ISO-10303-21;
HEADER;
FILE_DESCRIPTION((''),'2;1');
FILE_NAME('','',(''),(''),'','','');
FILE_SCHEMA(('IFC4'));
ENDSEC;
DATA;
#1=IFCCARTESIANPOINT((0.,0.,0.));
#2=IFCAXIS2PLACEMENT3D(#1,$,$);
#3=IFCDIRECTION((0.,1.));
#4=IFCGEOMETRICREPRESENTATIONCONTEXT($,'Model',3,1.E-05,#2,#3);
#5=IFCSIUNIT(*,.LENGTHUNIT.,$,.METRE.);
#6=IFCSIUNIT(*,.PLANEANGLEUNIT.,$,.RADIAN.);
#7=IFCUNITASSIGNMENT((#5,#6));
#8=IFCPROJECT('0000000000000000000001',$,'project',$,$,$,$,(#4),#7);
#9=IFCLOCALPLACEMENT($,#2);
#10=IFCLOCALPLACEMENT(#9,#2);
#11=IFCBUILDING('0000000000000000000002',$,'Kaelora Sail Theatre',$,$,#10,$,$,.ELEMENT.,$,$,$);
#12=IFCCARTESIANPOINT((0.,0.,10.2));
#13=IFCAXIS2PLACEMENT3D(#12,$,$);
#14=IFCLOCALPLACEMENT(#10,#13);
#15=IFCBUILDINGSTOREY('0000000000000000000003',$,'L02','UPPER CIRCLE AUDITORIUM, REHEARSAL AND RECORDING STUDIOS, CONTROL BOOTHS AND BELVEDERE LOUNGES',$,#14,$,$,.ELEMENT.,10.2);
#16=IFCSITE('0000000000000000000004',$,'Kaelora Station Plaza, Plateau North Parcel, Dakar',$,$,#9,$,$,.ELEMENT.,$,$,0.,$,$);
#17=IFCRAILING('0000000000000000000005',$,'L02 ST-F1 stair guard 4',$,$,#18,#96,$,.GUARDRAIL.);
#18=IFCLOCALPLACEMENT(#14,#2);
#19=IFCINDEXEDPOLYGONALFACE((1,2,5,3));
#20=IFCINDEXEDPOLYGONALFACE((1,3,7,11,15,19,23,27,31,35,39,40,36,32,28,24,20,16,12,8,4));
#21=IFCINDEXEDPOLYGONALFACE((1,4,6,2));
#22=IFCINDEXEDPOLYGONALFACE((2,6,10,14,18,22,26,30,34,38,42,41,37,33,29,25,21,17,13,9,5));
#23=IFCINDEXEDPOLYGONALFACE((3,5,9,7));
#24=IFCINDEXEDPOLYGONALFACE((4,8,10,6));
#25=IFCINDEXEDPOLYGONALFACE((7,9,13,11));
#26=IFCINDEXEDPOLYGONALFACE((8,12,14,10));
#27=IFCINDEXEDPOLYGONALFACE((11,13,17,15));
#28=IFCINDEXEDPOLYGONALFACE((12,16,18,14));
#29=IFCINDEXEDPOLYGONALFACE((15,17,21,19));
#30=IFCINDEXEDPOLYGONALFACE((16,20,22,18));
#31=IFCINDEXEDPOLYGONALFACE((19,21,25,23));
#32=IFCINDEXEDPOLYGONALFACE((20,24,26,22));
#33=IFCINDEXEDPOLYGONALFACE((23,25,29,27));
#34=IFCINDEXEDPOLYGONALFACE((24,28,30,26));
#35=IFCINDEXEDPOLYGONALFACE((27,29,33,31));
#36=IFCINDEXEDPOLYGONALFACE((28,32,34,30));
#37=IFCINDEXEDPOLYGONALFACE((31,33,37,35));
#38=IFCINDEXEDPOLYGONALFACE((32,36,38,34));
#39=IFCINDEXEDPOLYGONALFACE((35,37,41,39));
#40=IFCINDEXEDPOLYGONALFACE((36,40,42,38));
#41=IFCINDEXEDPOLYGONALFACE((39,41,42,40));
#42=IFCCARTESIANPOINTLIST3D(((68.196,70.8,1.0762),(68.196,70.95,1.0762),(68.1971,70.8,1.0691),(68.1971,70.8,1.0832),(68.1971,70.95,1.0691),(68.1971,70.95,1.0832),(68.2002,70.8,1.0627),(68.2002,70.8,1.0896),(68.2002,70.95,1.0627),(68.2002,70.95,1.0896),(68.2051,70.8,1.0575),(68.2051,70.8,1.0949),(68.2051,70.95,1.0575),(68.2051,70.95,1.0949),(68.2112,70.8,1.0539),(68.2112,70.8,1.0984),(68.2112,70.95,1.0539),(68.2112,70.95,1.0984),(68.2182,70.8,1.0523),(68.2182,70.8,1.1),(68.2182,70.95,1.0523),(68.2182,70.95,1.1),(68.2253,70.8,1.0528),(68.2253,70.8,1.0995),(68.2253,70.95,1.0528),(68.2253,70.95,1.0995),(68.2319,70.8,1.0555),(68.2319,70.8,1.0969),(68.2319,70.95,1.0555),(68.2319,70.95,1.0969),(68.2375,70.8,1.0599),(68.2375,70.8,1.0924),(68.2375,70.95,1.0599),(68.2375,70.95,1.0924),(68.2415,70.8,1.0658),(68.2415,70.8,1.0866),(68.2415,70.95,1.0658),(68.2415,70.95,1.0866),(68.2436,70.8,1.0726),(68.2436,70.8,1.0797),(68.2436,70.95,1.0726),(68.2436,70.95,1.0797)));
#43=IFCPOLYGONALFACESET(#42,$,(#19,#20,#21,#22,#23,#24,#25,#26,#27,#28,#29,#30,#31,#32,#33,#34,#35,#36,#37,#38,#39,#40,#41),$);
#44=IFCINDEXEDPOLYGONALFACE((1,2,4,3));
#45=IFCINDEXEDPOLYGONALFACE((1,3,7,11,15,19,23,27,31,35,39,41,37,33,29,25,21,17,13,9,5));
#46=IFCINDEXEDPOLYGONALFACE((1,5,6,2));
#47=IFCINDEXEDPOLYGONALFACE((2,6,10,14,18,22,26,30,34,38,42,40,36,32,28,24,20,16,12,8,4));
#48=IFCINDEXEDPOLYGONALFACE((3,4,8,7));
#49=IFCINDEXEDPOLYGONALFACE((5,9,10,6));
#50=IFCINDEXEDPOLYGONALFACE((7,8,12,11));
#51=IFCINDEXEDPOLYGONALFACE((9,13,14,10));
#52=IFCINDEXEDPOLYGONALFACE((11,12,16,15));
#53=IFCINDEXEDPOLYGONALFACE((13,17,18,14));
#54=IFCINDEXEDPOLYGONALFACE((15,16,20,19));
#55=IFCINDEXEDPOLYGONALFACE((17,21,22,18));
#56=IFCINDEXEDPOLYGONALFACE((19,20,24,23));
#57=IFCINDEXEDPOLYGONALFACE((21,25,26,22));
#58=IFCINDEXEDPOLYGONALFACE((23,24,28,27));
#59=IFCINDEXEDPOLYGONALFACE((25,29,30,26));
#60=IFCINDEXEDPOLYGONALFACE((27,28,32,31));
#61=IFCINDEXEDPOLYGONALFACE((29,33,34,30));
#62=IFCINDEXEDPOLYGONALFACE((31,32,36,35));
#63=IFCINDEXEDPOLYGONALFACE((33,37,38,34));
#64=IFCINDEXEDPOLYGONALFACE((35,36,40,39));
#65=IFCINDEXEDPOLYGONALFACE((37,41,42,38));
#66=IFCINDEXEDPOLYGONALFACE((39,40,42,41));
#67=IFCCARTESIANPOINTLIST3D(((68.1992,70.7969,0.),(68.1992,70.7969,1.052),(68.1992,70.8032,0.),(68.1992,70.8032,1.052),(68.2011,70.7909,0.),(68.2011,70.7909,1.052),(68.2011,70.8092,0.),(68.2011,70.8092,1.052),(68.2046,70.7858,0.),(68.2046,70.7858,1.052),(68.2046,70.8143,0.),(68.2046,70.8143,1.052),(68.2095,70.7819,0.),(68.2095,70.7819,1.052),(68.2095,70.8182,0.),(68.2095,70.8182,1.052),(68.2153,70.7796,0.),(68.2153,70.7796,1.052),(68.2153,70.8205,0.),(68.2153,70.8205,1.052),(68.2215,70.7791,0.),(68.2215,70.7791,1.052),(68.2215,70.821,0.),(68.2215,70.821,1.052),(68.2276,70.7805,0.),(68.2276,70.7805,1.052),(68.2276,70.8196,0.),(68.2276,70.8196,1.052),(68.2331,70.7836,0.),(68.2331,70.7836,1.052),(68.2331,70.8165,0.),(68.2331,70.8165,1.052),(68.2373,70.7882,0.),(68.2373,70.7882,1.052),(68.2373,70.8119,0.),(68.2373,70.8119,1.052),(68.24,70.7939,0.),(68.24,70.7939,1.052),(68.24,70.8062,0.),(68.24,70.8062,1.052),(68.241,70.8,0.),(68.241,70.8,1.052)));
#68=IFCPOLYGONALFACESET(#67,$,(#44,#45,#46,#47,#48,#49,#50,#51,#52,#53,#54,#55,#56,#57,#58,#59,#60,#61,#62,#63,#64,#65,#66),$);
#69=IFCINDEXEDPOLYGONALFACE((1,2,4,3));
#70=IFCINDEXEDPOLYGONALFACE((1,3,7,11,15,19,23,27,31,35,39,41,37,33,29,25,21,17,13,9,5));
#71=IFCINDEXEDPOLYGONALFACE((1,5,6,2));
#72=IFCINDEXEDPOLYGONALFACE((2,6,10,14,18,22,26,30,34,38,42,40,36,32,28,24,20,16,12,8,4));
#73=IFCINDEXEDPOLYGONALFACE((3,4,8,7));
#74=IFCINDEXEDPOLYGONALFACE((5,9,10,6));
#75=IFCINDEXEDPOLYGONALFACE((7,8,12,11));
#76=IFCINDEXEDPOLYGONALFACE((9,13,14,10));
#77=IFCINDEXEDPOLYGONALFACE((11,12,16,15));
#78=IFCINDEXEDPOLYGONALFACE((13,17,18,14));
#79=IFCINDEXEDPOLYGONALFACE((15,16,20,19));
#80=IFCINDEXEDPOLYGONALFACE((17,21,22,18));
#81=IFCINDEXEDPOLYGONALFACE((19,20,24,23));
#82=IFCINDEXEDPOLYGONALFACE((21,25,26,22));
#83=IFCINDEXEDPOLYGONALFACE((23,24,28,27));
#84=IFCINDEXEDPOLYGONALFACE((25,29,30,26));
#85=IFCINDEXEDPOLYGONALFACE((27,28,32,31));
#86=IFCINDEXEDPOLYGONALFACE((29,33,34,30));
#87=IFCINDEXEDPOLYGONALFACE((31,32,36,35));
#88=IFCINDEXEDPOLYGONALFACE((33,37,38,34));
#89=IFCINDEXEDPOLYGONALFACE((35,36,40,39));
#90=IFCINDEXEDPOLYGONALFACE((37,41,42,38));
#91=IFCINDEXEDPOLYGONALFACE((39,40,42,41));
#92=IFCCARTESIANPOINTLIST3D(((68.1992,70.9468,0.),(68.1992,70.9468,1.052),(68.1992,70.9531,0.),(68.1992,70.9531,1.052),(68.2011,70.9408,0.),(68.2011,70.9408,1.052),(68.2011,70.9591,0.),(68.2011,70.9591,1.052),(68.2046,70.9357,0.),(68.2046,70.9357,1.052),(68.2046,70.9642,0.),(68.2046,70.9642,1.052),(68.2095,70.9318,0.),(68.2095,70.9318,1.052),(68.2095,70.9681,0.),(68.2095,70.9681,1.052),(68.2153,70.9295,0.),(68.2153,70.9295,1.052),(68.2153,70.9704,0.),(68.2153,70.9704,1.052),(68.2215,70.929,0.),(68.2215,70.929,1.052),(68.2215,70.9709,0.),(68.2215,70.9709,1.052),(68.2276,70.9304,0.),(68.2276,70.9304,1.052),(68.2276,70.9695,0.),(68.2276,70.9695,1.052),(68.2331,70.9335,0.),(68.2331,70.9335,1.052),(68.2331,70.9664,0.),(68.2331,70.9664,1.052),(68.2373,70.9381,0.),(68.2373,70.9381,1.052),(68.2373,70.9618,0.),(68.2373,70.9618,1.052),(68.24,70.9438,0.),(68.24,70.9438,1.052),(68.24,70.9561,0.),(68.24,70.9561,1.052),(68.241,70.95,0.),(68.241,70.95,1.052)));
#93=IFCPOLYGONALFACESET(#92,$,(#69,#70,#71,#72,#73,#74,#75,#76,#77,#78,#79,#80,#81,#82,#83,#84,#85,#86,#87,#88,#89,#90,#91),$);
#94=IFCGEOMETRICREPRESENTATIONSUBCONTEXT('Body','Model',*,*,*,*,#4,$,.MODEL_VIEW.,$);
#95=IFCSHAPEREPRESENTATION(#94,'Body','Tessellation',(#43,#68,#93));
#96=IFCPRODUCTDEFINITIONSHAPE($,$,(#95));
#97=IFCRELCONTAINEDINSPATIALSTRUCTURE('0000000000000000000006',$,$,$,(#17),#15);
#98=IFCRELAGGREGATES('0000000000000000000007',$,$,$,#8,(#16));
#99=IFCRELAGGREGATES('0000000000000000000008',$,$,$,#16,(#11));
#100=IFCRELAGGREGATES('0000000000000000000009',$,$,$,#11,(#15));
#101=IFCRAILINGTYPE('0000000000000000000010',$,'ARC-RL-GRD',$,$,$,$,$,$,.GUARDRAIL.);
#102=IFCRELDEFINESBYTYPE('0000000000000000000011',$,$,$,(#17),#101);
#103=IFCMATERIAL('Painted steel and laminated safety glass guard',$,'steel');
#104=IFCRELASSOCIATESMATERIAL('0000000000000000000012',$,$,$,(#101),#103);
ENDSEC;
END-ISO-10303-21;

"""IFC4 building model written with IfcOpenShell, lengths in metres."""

from ifc_helpers import new_model, si_unit, direction, frame, origin, origin_2d, place, context, subcontext, project, spatial, circle, extrude, material, type_object, element, save


model = new_model("IFC4")

# Units and contexts
model_context = context("Model", 3, precision=1e-05, world=origin(), true_north=direction((0.0, 1.0)))
body_context = subcontext(model_context, "Body", "Model", "MODEL_VIEW")
ifc_project = project(units=[si_unit("LENGTHUNIT", "METRE"), si_unit("PLANEANGLEUNIT", "RADIAN")], contexts=[model_context])

# Site, building, storey
site_placement = place(None, origin())
site = spatial("IfcSite", under=ifc_project, at=site_placement, Name="Kaelora Station Plaza, Plateau North Parcel, Dakar", CompositionType="ELEMENT", RefElevation=0.0)
building_placement = place(site_placement, origin())
building = spatial("IfcBuilding", under=site, at=building_placement, Name="Kaelora Sail Theatre", CompositionType="ELEMENT")
storey_placement = place(building_placement, frame((0.0, 0.0, 10.2)))
storey = spatial("IfcBuildingStorey", under=building, at=storey_placement, Name="L02", Description="UPPER CIRCLE AUDITORIUM, REHEARSAL AND RECORDING STUDIOS, CONTROL BOOTHS AND BELVEDERE LOUNGES", CompositionType="ELEMENT", Elevation=10.2)

# Railing
ifc_material_1 = material(Name="Painted steel and laminated safety glass guard", Category="steel")
railing_type_1 = type_object("IfcRailingType", Name="ARC-RL-GRD", PredefinedType="GUARDRAIL", material=ifc_material_1)
railing_1_placement = place(storey_placement, frame((68.22, 70.8, 0.0)))
element("IfcRailing", 1, at=railing_1_placement, inside=storey, type_object=railing_type_1, Name="L02 ST-F1 stair guard 4", PredefinedType="GUARDRAIL", context=body_context, shape_type="SweptSolid", body=[
    extrude(circle(Radius=0.0239, at=origin_2d()), frame((0.0, 0.0, 1.0762), z_axis=(0.0, 1.0, 0.0), x_axis=(-1.0, 0.0, 0.0)), (0.0, 0.0, 1.0), 0.1499),
    extrude(circle(Radius=0.021, at=origin_2d()), origin(), (0.0, 0.0, 1.0), 1.052),
    extrude(circle(Radius=0.021, at=origin_2d()), frame((0.0, 0.1499, 0.0)), (0.0, 0.0, 1.0), 1.052),
])

save(model, "model.ifc")
